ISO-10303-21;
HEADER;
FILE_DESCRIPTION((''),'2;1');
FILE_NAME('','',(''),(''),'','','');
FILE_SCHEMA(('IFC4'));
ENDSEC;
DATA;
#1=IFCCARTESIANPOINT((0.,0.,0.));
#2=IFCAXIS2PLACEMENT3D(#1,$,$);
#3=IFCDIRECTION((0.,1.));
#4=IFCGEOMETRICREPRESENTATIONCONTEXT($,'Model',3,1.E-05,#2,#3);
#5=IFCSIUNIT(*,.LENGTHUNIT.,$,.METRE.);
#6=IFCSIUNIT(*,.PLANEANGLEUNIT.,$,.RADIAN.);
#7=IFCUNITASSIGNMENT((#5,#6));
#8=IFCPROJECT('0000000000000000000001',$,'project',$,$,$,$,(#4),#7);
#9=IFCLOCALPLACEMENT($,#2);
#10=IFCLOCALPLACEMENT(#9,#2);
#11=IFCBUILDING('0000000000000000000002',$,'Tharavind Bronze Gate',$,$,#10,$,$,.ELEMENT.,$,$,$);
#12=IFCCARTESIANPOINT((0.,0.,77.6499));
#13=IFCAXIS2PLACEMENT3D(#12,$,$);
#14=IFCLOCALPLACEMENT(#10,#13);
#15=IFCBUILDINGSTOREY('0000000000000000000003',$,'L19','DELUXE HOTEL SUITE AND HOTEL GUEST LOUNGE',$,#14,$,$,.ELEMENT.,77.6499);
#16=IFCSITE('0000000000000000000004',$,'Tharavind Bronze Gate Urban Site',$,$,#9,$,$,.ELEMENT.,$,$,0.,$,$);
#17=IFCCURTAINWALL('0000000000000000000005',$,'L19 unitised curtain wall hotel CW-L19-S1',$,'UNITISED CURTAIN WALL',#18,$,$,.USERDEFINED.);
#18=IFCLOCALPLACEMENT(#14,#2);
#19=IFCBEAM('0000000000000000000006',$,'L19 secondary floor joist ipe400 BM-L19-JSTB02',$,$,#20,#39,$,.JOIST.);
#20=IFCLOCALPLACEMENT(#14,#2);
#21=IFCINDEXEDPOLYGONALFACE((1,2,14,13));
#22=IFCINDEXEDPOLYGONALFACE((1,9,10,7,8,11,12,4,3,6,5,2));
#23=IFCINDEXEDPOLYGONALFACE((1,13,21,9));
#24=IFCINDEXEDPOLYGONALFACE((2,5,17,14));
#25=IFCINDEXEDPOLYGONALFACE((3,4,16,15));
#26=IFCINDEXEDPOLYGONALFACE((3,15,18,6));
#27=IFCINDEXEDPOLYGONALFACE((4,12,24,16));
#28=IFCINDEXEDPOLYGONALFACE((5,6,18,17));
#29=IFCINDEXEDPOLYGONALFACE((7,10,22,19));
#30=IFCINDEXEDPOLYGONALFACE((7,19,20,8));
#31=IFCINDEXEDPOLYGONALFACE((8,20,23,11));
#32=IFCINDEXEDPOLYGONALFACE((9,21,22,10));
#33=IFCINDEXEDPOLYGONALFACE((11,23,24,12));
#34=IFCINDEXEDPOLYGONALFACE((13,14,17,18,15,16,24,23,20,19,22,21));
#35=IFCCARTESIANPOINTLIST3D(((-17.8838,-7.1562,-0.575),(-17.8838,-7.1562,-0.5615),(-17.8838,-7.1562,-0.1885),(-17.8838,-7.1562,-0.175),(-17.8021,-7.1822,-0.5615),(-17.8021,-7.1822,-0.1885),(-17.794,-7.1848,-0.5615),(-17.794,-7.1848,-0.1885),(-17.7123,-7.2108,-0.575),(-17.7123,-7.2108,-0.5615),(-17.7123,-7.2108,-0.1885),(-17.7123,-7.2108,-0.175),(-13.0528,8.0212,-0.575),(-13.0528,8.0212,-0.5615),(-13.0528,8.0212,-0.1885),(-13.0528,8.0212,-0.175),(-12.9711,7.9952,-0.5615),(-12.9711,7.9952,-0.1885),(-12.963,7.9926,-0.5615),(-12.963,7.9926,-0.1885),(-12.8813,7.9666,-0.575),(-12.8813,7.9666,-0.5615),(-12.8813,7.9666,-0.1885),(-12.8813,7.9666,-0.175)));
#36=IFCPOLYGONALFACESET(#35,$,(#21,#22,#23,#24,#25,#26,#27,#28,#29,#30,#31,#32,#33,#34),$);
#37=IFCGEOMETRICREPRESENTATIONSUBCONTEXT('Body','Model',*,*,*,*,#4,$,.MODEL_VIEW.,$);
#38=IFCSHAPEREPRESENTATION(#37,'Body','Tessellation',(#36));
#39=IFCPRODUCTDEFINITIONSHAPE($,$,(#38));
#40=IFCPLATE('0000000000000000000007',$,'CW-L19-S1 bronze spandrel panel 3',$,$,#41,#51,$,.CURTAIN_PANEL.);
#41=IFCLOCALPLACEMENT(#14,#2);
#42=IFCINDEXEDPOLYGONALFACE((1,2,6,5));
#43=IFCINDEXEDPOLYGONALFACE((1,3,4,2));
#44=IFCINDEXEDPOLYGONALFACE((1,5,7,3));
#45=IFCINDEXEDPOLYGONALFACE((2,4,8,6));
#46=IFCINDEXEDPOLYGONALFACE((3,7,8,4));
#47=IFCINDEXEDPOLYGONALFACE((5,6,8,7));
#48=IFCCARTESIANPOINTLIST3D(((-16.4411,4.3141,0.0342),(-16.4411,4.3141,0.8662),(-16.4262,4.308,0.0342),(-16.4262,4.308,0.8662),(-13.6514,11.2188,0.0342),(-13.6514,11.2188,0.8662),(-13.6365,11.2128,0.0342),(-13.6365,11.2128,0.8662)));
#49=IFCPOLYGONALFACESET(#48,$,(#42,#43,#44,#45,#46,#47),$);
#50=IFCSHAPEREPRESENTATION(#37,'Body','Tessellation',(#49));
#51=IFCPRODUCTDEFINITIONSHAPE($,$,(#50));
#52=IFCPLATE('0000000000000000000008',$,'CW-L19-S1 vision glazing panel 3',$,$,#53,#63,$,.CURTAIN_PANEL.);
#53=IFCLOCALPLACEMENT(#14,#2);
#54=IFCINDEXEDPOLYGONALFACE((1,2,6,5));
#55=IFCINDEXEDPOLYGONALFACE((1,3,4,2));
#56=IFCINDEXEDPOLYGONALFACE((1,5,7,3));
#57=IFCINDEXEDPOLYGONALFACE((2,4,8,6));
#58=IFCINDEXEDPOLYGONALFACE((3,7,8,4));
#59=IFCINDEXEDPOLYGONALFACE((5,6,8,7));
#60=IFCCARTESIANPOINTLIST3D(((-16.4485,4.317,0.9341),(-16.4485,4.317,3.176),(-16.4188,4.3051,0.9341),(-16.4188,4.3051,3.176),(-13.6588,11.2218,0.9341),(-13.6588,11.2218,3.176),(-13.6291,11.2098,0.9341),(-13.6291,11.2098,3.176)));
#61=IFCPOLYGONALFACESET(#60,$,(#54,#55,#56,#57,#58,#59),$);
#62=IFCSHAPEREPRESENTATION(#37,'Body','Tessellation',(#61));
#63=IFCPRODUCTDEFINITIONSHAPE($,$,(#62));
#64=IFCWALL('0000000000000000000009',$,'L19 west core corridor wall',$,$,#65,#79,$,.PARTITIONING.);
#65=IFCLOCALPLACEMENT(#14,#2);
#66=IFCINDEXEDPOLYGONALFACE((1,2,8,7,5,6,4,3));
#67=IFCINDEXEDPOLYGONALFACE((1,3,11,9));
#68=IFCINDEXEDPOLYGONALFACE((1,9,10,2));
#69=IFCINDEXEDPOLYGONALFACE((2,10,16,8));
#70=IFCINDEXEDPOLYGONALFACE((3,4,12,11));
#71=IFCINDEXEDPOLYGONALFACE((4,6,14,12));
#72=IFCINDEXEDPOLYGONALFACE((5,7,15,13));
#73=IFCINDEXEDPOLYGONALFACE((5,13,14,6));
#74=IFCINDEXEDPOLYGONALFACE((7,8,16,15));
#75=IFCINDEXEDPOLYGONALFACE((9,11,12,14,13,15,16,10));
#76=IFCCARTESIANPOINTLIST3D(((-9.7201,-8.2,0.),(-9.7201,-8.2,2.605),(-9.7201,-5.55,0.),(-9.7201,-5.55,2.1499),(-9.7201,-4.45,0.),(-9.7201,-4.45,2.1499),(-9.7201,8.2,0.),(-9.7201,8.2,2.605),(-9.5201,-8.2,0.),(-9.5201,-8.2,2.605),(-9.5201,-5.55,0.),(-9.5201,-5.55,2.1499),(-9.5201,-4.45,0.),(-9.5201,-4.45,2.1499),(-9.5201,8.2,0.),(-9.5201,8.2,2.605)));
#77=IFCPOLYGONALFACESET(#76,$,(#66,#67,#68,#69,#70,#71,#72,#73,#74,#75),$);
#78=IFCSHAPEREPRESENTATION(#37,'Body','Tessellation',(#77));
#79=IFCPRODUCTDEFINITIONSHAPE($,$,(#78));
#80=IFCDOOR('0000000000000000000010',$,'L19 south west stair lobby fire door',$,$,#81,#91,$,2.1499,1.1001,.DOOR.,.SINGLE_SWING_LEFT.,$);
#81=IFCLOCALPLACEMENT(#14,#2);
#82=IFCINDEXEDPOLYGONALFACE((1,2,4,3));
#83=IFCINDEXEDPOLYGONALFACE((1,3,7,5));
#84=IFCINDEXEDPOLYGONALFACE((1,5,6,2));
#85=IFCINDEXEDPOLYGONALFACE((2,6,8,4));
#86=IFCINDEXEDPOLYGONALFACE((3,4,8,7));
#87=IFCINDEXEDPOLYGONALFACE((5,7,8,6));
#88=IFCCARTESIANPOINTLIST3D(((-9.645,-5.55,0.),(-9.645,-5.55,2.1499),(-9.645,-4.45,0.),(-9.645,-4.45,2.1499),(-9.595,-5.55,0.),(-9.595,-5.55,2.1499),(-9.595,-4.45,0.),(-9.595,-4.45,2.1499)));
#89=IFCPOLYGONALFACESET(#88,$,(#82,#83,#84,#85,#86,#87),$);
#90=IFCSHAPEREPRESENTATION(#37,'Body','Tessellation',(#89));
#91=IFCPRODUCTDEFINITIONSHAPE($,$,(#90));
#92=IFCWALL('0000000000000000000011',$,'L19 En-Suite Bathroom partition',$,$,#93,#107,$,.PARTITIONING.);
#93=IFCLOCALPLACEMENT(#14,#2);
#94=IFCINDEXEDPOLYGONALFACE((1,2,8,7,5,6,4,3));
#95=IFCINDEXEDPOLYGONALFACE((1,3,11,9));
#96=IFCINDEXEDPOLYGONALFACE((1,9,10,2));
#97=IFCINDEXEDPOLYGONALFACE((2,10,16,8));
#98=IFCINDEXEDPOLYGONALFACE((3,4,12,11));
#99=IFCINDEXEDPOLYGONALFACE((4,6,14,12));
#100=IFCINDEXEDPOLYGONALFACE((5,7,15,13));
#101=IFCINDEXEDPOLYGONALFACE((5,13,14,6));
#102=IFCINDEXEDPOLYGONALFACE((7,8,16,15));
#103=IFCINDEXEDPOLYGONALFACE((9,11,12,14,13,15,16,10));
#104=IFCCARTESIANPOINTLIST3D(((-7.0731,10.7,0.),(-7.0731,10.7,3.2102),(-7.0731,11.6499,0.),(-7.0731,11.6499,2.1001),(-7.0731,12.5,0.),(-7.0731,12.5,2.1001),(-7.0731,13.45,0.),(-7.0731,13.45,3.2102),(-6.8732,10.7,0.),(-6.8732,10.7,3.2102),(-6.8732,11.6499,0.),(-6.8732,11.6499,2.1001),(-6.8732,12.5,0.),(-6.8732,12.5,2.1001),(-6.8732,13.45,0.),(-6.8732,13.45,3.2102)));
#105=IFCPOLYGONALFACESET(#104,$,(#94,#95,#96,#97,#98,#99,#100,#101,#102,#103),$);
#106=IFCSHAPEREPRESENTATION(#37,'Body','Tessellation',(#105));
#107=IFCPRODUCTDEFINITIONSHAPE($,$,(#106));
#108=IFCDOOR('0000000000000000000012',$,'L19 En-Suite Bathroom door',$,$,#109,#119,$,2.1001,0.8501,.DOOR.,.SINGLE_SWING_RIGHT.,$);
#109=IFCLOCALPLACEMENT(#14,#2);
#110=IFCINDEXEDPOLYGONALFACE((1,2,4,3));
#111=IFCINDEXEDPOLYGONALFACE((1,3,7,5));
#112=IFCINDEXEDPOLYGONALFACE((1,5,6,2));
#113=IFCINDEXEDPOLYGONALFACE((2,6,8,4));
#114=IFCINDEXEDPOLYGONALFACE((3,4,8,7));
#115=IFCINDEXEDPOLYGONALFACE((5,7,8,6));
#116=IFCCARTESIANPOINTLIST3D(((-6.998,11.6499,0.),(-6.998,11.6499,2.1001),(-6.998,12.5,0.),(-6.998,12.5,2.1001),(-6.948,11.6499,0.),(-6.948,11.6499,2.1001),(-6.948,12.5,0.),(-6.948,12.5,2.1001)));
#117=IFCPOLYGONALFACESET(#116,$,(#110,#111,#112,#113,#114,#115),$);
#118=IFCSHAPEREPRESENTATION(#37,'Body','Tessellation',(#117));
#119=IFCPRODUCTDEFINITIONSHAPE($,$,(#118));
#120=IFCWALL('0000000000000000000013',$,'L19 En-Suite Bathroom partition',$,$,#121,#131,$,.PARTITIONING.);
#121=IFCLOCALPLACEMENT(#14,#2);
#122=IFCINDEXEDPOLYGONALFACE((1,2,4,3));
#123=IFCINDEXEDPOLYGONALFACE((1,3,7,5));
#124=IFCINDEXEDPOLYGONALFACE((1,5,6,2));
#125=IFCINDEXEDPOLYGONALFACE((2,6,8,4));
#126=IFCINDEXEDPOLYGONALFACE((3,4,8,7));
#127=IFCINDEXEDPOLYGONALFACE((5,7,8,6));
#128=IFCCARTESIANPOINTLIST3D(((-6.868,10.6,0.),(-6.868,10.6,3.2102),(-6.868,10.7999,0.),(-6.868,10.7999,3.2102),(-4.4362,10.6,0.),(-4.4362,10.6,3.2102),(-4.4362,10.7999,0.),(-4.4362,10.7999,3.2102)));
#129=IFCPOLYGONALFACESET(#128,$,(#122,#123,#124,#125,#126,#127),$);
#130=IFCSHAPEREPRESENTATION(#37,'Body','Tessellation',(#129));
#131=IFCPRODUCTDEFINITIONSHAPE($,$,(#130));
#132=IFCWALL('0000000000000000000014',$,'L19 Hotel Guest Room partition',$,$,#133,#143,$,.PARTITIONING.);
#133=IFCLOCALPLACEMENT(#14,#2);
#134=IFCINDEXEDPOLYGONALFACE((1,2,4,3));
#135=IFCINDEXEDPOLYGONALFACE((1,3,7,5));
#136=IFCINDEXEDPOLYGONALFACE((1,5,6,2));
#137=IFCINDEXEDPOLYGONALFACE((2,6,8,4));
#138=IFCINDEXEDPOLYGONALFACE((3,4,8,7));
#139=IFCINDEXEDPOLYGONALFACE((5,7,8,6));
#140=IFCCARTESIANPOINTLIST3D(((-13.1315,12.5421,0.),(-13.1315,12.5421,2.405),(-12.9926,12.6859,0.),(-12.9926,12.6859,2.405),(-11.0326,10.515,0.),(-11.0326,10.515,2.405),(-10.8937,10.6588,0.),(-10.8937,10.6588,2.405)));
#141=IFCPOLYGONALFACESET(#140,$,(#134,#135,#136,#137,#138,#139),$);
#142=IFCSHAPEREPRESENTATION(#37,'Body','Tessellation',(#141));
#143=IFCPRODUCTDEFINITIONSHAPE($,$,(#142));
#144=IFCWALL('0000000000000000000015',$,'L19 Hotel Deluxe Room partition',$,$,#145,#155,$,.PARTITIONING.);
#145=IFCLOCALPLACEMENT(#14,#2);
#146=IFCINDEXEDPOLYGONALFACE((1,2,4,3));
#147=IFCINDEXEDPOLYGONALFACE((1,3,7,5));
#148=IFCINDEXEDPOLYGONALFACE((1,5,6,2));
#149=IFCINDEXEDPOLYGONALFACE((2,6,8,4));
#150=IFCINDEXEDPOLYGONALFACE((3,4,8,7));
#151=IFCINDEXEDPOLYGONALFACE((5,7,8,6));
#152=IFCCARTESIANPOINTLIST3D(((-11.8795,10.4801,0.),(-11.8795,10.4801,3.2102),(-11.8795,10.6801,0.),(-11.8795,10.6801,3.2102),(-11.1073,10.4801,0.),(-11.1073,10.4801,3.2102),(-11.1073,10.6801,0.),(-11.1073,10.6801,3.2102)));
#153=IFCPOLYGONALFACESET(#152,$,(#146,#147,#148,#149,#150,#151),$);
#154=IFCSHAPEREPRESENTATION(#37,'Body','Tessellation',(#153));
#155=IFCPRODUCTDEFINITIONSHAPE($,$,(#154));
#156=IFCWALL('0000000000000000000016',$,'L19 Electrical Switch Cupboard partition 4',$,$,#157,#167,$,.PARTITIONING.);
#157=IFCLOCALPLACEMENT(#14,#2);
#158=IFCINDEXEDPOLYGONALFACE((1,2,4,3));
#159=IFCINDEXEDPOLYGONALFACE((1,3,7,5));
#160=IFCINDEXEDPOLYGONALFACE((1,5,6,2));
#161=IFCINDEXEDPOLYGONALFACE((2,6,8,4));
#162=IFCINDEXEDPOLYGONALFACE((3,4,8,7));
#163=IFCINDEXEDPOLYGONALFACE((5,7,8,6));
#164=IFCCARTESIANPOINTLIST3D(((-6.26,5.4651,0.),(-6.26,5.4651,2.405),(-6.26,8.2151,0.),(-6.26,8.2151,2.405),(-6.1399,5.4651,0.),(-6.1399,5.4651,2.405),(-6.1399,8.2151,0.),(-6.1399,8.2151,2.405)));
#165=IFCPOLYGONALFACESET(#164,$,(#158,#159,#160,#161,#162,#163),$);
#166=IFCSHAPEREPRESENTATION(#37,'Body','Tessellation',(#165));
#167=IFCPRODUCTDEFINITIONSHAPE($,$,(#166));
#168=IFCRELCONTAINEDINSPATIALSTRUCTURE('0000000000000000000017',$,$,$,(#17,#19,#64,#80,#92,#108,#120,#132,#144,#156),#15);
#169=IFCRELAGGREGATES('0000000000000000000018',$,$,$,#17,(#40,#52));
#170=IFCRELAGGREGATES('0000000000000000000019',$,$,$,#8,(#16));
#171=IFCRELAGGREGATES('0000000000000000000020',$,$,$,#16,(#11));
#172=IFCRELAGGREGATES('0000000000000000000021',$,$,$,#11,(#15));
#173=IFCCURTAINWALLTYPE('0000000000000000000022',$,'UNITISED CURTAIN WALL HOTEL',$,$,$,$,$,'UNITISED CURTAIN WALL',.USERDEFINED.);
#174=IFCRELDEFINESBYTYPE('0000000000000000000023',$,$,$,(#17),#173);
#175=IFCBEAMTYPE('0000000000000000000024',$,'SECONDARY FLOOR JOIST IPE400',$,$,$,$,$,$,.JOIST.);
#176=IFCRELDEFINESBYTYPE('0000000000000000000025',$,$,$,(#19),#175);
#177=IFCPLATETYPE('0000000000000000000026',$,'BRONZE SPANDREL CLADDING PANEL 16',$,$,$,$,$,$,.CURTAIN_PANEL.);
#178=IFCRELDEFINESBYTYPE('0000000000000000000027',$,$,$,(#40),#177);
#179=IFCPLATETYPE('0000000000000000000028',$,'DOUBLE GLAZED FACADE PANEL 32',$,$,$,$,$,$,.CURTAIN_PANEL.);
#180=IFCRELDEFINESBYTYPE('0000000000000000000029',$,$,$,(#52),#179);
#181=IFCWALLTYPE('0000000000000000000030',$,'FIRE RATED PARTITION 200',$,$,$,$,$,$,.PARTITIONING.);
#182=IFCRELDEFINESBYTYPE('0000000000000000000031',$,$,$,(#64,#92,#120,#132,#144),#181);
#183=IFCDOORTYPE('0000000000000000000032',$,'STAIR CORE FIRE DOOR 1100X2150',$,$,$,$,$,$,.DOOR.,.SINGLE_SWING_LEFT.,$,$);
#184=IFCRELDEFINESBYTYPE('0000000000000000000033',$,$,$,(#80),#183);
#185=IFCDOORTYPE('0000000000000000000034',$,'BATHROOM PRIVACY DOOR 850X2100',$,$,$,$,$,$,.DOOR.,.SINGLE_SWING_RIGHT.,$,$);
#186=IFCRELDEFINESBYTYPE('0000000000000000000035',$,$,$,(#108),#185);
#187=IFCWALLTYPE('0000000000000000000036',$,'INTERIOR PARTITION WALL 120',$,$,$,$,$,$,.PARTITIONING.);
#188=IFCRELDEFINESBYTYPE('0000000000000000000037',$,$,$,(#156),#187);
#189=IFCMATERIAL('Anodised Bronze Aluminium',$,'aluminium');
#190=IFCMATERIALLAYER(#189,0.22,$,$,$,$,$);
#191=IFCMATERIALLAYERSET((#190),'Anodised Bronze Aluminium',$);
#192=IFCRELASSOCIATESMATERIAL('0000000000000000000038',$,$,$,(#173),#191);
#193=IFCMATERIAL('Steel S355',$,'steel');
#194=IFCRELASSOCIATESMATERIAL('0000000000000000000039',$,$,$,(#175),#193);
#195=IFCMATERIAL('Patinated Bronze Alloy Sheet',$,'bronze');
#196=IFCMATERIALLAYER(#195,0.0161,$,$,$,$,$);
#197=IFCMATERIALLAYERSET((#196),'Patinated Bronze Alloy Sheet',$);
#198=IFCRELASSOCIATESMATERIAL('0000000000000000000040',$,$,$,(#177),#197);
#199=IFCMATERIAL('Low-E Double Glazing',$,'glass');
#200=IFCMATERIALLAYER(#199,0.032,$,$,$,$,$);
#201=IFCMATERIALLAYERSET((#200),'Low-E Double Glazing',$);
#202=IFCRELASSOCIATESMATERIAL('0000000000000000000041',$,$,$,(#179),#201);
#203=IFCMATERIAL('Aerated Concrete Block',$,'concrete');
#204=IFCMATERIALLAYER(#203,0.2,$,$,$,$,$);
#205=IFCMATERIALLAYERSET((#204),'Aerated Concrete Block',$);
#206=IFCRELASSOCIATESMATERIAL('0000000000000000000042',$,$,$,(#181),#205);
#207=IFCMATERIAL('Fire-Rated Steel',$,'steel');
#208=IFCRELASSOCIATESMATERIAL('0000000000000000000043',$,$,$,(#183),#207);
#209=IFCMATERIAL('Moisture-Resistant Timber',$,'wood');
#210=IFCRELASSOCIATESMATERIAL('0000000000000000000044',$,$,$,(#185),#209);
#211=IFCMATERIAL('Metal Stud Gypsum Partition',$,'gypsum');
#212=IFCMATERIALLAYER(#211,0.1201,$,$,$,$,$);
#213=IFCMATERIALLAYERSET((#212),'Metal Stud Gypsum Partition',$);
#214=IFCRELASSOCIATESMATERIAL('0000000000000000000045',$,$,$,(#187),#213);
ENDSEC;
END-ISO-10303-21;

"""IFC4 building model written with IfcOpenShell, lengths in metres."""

from ifc_helpers import new_model, si_unit, direction, frame, frame_2d, origin, origin_2d, place, context, subcontext, project, spatial, rectangle, i_section, extrude, material, layer, layer_set, material_profile, profile_set, type_object, element, fill, aggregate, save


model = new_model("IFC4")

# Units and contexts
model_context = context("Model", 3, precision=1e-05, world=origin(), true_north=direction((0.0, 1.0)))
body_context = subcontext(model_context, "Body", "Model", "MODEL_VIEW")
ifc_project = project(units=[si_unit("LENGTHUNIT", "METRE"), si_unit("PLANEANGLEUNIT", "RADIAN")], contexts=[model_context])

# Site, building, storey
site_placement = place(None, origin())
site = spatial("IfcSite", under=ifc_project, at=site_placement, Name="Tharavind Bronze Gate Urban Site", CompositionType="ELEMENT", RefElevation=0.0)
building_placement = place(site_placement, origin())
building = spatial("IfcBuilding", under=site, at=building_placement, Name="Tharavind Bronze Gate", CompositionType="ELEMENT")
storey_placement = place(building_placement, frame((0.0, 0.0, 77.6499)))
storey = spatial("IfcBuildingStorey", under=building, at=storey_placement, Name="L19", Description="DELUXE HOTEL SUITE AND HOTEL GUEST LOUNGE", CompositionType="ELEMENT", Elevation=77.6499)

# Curtain wall
ifc_material_1 = material(Name="Anodised Bronze Aluminium", Category="aluminium")
ifc_layer_1 = layer(ifc_material_1, 0.22)
ifc_layer_set_1 = layer_set([ifc_layer_1], Name="Anodised Bronze Aluminium")
curtain_wall_type = type_object("IfcCurtainWallType", Name="UNITISED CURTAIN WALL HOTEL", ElementType="UNITISED CURTAIN WALL", PredefinedType="USERDEFINED", material=ifc_layer_set_1)
curtain_wall_placement = place(storey_placement, origin())
curtain_wall = element("IfcCurtainWall", 1, at=curtain_wall_placement, inside=storey, type_object=curtain_wall_type, Name="L19 unitised curtain wall hotel CW-L19-S1", ObjectType="UNITISED CURTAIN WALL", PredefinedType="USERDEFINED")

# Beam
ifc_material_2 = material(Name="Steel S355", Category="steel")
ifc_material_profile_1 = material_profile(ifc_material_2, i_section(OverallWidth=0.1799, OverallDepth=0.3999, WebThickness=0.0085, FlangeThickness=0.0134, at=origin_2d()), Name="IPE400")
ifc_profile_set_1 = profile_set([ifc_material_profile_1], Name="Steel S355")
beam_type_1 = type_object("IfcBeamType", Name="SECONDARY FLOOR JOIST IPE400", PredefinedType="JOIST", material=ifc_profile_set_1)
beam_1_placement = place(storey_placement, frame((-12.967, 7.9939, -0.375), z_axis=(-0.303309, -0.952892, 0.0), x_axis=(0.952892, -0.303309, 0.0)))
element("IfcBeam", 2, at=beam_1_placement, inside=storey, type_object=beam_type_1, Name="L19 secondary floor joist ipe400 BM-L19-JSTB02", PredefinedType="JOIST", context=body_context, shape_type="SweptSolid", body=[
    extrude(i_section(OverallWidth=0.1799, OverallDepth=0.3999, WebThickness=0.0085, FlangeThickness=0.0134, at=origin_2d()), origin(), (0.0, 0.0, 1.0), 15.9277),
])

# Plates
ifc_material_3 = material(Name="Patinated Bronze Alloy Sheet", Category="bronze")
ifc_layer_2 = layer(ifc_material_3, 0.0161)
ifc_layer_set_2 = layer_set([ifc_layer_2], Name="Patinated Bronze Alloy Sheet")
plate_type_1 = type_object("IfcPlateType", Name="BRONZE SPANDREL CLADDING PANEL 16", PredefinedType="CURTAIN_PANEL", material=ifc_layer_set_2)
plate_1_placement = place(storey_placement, frame((-15.0388, 7.7634, 0.0342), z_axis=(0.0, 0.0, 1.0), x_axis=(-0.374607, -0.927184, 0.0)))
plate_1 = element("IfcPlate", 3, at=plate_1_placement, type_object=plate_type_1, Name="CW-L19-S1 bronze spandrel panel 3", PredefinedType="CURTAIN_PANEL", context=body_context, shape_type="SweptSolid", body=[
    extrude(rectangle(XDim=7.447, YDim=0.0161, at=origin_2d()), origin(), (0.0, 0.0, 1.0), 0.832),
])
ifc_material_4 = material(Name="Low-E Double Glazing", Category="glass")
ifc_layer_3 = layer(ifc_material_4, 0.032)
ifc_layer_set_3 = layer_set([ifc_layer_3], Name="Low-E Double Glazing")
plate_type_2 = type_object("IfcPlateType", Name="DOUBLE GLAZED FACADE PANEL 32", PredefinedType="CURTAIN_PANEL", material=ifc_layer_set_3)
plate_2_placement = place(storey_placement, frame((-15.0388, 7.7634, 0.9341), z_axis=(0.0, 0.0, 1.0), x_axis=(-0.374607, -0.927184, 0.0)))
plate_2 = element("IfcPlate", 4, at=plate_2_placement, type_object=plate_type_2, Name="CW-L19-S1 vision glazing panel 3", PredefinedType="CURTAIN_PANEL", context=body_context, shape_type="SweptSolid", body=[
    extrude(rectangle(XDim=7.447, YDim=0.032, at=origin_2d()), origin(), (0.0, 0.0, 1.0), 2.2419),
])
aggregate(curtain_wall, [plate_1, plate_2])

# Walls, openings, doors
ifc_material_5 = material(Name="Aerated Concrete Block", Category="concrete")
ifc_layer_4 = layer(ifc_material_5, 0.2)
ifc_layer_set_4 = layer_set([ifc_layer_4], Name="Aerated Concrete Block")
wall_type_1 = type_object("IfcWallType", Name="FIRE RATED PARTITION 200", PredefinedType="PARTITIONING", material=ifc_layer_set_4)
wall_1_placement = place(storey_placement, frame((-9.6201, 8.2, 0.0), z_axis=(0.0, 0.0, 1.0), x_axis=(0.0, -1.0, 0.0)))
wall_1 = element("IfcWall", 5, at=wall_1_placement, inside=storey, type_object=wall_type_1, Name="L19 west core corridor wall", PredefinedType="PARTITIONING", context=body_context, shape_type="SweptSolid", body=[
    extrude(rectangle(XDim=16.3999, YDim=0.2, at=frame_2d((8.2, 0.0))), origin(), (0.0, 0.0, 1.0), 2.605),
])
opening_1_placement = place(wall_1_placement, frame((12.6499, 0.0, 0.0)))
opening_1 = element("IfcOpeningElement", 6, at=opening_1_placement, cuts=wall_1, PredefinedType="OPENING", context=body_context, shape_type="SweptSolid", body=[
    extrude(rectangle(XDim=1.1001, YDim=2.1499, at=frame_2d((0.55, 1.075))), frame((0.0, 0.1101, 0.0), z_axis=(0.0, -1.0, 0.0), x_axis=(1.0, 0.0, 0.0)), (0.0, 0.0, 1.0), 0.22),
])
ifc_material_6 = material(Name="Fire-Rated Steel", Category="steel")
door_type_1 = type_object("IfcDoorType", Name="STAIR CORE FIRE DOOR 1100X2150", OperationType="SINGLE_SWING_LEFT", PredefinedType="DOOR", material=ifc_material_6)
door_1_placement = place(opening_1_placement, frame((1.1001, 0.0, 0.0), z_axis=(0.0, 0.0, 1.0), x_axis=(-1.0, 0.0, 0.0)))
door_1 = element("IfcDoor", 7, at=door_1_placement, inside=storey, type_object=door_type_1, Name="L19 south west stair lobby fire door", OperationType="SINGLE_SWING_LEFT", OverallHeight=2.1499, OverallWidth=1.1001, PredefinedType="DOOR", context=body_context, shape_type="SweptSolid", body=[
    extrude(rectangle(XDim=1.1001, YDim=2.1499, at=frame_2d((0.55, 1.075))), frame((0.0, 0.0249, 0.0), z_axis=(0.0, -1.0, 0.0), x_axis=(1.0, 0.0, 0.0)), (0.0, 0.0, 1.0), 0.05),
])
fill(opening_1, door_1)
wall_2_placement = place(storey_placement, frame((-6.9731, 10.7, 0.0), z_axis=(0.0, 0.0, 1.0), x_axis=(0.0, 1.0, 0.0)))
wall_2 = element("IfcWall", 8, at=wall_2_placement, inside=storey, type_object=wall_type_1, Name="L19 En-Suite Bathroom partition", PredefinedType="PARTITIONING", context=body_context, shape_type="SweptSolid", body=[
    extrude(rectangle(XDim=2.75, YDim=0.2, at=frame_2d((1.375, 0.0))), origin(), (0.0, 0.0, 1.0), 3.2102),
])
opening_2_placement = place(wall_2_placement, frame((0.95, 0.0, 0.0)))
opening_2 = element("IfcOpeningElement", 9, at=opening_2_placement, cuts=wall_2, PredefinedType="OPENING", context=body_context, shape_type="SweptSolid", body=[
    extrude(rectangle(XDim=0.8501, YDim=2.1001, at=frame_2d((0.425, 1.05))), frame((0.0, 0.1101, 0.0), z_axis=(0.0, -1.0, 0.0), x_axis=(1.0, 0.0, 0.0)), (0.0, 0.0, 1.0), 0.22),
])
ifc_material_7 = material(Name="Moisture-Resistant Timber", Category="wood")
door_type_2 = type_object("IfcDoorType", Name="BATHROOM PRIVACY DOOR 850X2100", OperationType="SINGLE_SWING_RIGHT", PredefinedType="DOOR", material=ifc_material_7)
door_2_placement = place(opening_2_placement, origin())
door_2 = element("IfcDoor", 10, at=door_2_placement, inside=storey, type_object=door_type_2, Name="L19 En-Suite Bathroom door", OperationType="SINGLE_SWING_RIGHT", OverallHeight=2.1001, OverallWidth=0.8501, PredefinedType="DOOR", context=body_context, shape_type="SweptSolid", body=[
    extrude(rectangle(XDim=0.8501, YDim=2.1001, at=frame_2d((0.425, 1.05))), frame((0.0, 0.0249, 0.0), z_axis=(0.0, -1.0, 0.0), x_axis=(1.0, 0.0, 0.0)), (0.0, 0.0, 1.0), 0.05),
])
fill(opening_2, door_2)

# Wall
wall_3_placement = place(storey_placement, frame((-4.4363, 10.7, 0.0), z_axis=(0.0, 0.0, 1.0), x_axis=(-1.0, 0.0, 0.0)))
element("IfcWall", 11, at=wall_3_placement, inside=storey, type_object=wall_type_1, Name="L19 En-Suite Bathroom partition", PredefinedType="PARTITIONING", context=body_context, shape_type="SweptSolid", body=[
    extrude(rectangle(XDim=2.4319, YDim=0.2, at=frame_2d((1.2158, 0.0))), origin(), (0.0, 0.0, 1.0), 3.2102),
])

# Walls
wall_4_placement = place(storey_placement, frame((-10.9631, 10.5869, 0.0), z_axis=(0.0, 0.0, 1.0), x_axis=(-0.719299, 0.694701, 0.0)))
element("IfcWall", 12, at=wall_4_placement, inside=storey, type_object=wall_type_1, Name="L19 Hotel Guest Room partition", PredefinedType="PARTITIONING", context=body_context, shape_type="SweptSolid", body=[
    extrude(rectangle(XDim=2.918, YDim=0.2, at=frame_2d((1.459, 0.0))), origin(), (0.0, 0.0, 1.0), 2.405),
])
wall_5_placement = place(storey_placement, frame((-11.1072, 10.5801, 0.0), z_axis=(0.0, 0.0, 1.0), x_axis=(-1.0, 0.0, 0.0)))
element("IfcWall", 13, at=wall_5_placement, inside=storey, type_object=wall_type_1, Name="L19 Hotel Deluxe Room partition", PredefinedType="PARTITIONING", context=body_context, shape_type="SweptSolid", body=[
    extrude(rectangle(XDim=0.7722, YDim=0.2, at=frame_2d((0.3862, 0.0))), origin(), (0.0, 0.0, 1.0), 3.2102),
])

# Wall
ifc_material_8 = material(Name="Metal Stud Gypsum Partition", Category="gypsum")
ifc_layer_5 = layer(ifc_material_8, 0.1201)
ifc_layer_set_5 = layer_set([ifc_layer_5], Name="Metal Stud Gypsum Partition")
wall_type_2 = type_object("IfcWallType", Name="INTERIOR PARTITION WALL 120", PredefinedType="PARTITIONING", material=ifc_layer_set_5)
wall_6_placement = place(storey_placement, frame((-6.2, 8.2151, 0.0), z_axis=(0.0, 0.0, 1.0), x_axis=(0.0, -1.0, 0.0)))
element("IfcWall", 14, at=wall_6_placement, inside=storey, type_object=wall_type_2, Name="L19 Electrical Switch Cupboard partition 4", PredefinedType="PARTITIONING", context=body_context, shape_type="SweptSolid", body=[
    extrude(rectangle(XDim=2.75, YDim=0.1201, at=frame_2d((1.375, 0.0))), origin(), (0.0, 0.0, 1.0), 2.405),
])

save(model, "model.ifc")
